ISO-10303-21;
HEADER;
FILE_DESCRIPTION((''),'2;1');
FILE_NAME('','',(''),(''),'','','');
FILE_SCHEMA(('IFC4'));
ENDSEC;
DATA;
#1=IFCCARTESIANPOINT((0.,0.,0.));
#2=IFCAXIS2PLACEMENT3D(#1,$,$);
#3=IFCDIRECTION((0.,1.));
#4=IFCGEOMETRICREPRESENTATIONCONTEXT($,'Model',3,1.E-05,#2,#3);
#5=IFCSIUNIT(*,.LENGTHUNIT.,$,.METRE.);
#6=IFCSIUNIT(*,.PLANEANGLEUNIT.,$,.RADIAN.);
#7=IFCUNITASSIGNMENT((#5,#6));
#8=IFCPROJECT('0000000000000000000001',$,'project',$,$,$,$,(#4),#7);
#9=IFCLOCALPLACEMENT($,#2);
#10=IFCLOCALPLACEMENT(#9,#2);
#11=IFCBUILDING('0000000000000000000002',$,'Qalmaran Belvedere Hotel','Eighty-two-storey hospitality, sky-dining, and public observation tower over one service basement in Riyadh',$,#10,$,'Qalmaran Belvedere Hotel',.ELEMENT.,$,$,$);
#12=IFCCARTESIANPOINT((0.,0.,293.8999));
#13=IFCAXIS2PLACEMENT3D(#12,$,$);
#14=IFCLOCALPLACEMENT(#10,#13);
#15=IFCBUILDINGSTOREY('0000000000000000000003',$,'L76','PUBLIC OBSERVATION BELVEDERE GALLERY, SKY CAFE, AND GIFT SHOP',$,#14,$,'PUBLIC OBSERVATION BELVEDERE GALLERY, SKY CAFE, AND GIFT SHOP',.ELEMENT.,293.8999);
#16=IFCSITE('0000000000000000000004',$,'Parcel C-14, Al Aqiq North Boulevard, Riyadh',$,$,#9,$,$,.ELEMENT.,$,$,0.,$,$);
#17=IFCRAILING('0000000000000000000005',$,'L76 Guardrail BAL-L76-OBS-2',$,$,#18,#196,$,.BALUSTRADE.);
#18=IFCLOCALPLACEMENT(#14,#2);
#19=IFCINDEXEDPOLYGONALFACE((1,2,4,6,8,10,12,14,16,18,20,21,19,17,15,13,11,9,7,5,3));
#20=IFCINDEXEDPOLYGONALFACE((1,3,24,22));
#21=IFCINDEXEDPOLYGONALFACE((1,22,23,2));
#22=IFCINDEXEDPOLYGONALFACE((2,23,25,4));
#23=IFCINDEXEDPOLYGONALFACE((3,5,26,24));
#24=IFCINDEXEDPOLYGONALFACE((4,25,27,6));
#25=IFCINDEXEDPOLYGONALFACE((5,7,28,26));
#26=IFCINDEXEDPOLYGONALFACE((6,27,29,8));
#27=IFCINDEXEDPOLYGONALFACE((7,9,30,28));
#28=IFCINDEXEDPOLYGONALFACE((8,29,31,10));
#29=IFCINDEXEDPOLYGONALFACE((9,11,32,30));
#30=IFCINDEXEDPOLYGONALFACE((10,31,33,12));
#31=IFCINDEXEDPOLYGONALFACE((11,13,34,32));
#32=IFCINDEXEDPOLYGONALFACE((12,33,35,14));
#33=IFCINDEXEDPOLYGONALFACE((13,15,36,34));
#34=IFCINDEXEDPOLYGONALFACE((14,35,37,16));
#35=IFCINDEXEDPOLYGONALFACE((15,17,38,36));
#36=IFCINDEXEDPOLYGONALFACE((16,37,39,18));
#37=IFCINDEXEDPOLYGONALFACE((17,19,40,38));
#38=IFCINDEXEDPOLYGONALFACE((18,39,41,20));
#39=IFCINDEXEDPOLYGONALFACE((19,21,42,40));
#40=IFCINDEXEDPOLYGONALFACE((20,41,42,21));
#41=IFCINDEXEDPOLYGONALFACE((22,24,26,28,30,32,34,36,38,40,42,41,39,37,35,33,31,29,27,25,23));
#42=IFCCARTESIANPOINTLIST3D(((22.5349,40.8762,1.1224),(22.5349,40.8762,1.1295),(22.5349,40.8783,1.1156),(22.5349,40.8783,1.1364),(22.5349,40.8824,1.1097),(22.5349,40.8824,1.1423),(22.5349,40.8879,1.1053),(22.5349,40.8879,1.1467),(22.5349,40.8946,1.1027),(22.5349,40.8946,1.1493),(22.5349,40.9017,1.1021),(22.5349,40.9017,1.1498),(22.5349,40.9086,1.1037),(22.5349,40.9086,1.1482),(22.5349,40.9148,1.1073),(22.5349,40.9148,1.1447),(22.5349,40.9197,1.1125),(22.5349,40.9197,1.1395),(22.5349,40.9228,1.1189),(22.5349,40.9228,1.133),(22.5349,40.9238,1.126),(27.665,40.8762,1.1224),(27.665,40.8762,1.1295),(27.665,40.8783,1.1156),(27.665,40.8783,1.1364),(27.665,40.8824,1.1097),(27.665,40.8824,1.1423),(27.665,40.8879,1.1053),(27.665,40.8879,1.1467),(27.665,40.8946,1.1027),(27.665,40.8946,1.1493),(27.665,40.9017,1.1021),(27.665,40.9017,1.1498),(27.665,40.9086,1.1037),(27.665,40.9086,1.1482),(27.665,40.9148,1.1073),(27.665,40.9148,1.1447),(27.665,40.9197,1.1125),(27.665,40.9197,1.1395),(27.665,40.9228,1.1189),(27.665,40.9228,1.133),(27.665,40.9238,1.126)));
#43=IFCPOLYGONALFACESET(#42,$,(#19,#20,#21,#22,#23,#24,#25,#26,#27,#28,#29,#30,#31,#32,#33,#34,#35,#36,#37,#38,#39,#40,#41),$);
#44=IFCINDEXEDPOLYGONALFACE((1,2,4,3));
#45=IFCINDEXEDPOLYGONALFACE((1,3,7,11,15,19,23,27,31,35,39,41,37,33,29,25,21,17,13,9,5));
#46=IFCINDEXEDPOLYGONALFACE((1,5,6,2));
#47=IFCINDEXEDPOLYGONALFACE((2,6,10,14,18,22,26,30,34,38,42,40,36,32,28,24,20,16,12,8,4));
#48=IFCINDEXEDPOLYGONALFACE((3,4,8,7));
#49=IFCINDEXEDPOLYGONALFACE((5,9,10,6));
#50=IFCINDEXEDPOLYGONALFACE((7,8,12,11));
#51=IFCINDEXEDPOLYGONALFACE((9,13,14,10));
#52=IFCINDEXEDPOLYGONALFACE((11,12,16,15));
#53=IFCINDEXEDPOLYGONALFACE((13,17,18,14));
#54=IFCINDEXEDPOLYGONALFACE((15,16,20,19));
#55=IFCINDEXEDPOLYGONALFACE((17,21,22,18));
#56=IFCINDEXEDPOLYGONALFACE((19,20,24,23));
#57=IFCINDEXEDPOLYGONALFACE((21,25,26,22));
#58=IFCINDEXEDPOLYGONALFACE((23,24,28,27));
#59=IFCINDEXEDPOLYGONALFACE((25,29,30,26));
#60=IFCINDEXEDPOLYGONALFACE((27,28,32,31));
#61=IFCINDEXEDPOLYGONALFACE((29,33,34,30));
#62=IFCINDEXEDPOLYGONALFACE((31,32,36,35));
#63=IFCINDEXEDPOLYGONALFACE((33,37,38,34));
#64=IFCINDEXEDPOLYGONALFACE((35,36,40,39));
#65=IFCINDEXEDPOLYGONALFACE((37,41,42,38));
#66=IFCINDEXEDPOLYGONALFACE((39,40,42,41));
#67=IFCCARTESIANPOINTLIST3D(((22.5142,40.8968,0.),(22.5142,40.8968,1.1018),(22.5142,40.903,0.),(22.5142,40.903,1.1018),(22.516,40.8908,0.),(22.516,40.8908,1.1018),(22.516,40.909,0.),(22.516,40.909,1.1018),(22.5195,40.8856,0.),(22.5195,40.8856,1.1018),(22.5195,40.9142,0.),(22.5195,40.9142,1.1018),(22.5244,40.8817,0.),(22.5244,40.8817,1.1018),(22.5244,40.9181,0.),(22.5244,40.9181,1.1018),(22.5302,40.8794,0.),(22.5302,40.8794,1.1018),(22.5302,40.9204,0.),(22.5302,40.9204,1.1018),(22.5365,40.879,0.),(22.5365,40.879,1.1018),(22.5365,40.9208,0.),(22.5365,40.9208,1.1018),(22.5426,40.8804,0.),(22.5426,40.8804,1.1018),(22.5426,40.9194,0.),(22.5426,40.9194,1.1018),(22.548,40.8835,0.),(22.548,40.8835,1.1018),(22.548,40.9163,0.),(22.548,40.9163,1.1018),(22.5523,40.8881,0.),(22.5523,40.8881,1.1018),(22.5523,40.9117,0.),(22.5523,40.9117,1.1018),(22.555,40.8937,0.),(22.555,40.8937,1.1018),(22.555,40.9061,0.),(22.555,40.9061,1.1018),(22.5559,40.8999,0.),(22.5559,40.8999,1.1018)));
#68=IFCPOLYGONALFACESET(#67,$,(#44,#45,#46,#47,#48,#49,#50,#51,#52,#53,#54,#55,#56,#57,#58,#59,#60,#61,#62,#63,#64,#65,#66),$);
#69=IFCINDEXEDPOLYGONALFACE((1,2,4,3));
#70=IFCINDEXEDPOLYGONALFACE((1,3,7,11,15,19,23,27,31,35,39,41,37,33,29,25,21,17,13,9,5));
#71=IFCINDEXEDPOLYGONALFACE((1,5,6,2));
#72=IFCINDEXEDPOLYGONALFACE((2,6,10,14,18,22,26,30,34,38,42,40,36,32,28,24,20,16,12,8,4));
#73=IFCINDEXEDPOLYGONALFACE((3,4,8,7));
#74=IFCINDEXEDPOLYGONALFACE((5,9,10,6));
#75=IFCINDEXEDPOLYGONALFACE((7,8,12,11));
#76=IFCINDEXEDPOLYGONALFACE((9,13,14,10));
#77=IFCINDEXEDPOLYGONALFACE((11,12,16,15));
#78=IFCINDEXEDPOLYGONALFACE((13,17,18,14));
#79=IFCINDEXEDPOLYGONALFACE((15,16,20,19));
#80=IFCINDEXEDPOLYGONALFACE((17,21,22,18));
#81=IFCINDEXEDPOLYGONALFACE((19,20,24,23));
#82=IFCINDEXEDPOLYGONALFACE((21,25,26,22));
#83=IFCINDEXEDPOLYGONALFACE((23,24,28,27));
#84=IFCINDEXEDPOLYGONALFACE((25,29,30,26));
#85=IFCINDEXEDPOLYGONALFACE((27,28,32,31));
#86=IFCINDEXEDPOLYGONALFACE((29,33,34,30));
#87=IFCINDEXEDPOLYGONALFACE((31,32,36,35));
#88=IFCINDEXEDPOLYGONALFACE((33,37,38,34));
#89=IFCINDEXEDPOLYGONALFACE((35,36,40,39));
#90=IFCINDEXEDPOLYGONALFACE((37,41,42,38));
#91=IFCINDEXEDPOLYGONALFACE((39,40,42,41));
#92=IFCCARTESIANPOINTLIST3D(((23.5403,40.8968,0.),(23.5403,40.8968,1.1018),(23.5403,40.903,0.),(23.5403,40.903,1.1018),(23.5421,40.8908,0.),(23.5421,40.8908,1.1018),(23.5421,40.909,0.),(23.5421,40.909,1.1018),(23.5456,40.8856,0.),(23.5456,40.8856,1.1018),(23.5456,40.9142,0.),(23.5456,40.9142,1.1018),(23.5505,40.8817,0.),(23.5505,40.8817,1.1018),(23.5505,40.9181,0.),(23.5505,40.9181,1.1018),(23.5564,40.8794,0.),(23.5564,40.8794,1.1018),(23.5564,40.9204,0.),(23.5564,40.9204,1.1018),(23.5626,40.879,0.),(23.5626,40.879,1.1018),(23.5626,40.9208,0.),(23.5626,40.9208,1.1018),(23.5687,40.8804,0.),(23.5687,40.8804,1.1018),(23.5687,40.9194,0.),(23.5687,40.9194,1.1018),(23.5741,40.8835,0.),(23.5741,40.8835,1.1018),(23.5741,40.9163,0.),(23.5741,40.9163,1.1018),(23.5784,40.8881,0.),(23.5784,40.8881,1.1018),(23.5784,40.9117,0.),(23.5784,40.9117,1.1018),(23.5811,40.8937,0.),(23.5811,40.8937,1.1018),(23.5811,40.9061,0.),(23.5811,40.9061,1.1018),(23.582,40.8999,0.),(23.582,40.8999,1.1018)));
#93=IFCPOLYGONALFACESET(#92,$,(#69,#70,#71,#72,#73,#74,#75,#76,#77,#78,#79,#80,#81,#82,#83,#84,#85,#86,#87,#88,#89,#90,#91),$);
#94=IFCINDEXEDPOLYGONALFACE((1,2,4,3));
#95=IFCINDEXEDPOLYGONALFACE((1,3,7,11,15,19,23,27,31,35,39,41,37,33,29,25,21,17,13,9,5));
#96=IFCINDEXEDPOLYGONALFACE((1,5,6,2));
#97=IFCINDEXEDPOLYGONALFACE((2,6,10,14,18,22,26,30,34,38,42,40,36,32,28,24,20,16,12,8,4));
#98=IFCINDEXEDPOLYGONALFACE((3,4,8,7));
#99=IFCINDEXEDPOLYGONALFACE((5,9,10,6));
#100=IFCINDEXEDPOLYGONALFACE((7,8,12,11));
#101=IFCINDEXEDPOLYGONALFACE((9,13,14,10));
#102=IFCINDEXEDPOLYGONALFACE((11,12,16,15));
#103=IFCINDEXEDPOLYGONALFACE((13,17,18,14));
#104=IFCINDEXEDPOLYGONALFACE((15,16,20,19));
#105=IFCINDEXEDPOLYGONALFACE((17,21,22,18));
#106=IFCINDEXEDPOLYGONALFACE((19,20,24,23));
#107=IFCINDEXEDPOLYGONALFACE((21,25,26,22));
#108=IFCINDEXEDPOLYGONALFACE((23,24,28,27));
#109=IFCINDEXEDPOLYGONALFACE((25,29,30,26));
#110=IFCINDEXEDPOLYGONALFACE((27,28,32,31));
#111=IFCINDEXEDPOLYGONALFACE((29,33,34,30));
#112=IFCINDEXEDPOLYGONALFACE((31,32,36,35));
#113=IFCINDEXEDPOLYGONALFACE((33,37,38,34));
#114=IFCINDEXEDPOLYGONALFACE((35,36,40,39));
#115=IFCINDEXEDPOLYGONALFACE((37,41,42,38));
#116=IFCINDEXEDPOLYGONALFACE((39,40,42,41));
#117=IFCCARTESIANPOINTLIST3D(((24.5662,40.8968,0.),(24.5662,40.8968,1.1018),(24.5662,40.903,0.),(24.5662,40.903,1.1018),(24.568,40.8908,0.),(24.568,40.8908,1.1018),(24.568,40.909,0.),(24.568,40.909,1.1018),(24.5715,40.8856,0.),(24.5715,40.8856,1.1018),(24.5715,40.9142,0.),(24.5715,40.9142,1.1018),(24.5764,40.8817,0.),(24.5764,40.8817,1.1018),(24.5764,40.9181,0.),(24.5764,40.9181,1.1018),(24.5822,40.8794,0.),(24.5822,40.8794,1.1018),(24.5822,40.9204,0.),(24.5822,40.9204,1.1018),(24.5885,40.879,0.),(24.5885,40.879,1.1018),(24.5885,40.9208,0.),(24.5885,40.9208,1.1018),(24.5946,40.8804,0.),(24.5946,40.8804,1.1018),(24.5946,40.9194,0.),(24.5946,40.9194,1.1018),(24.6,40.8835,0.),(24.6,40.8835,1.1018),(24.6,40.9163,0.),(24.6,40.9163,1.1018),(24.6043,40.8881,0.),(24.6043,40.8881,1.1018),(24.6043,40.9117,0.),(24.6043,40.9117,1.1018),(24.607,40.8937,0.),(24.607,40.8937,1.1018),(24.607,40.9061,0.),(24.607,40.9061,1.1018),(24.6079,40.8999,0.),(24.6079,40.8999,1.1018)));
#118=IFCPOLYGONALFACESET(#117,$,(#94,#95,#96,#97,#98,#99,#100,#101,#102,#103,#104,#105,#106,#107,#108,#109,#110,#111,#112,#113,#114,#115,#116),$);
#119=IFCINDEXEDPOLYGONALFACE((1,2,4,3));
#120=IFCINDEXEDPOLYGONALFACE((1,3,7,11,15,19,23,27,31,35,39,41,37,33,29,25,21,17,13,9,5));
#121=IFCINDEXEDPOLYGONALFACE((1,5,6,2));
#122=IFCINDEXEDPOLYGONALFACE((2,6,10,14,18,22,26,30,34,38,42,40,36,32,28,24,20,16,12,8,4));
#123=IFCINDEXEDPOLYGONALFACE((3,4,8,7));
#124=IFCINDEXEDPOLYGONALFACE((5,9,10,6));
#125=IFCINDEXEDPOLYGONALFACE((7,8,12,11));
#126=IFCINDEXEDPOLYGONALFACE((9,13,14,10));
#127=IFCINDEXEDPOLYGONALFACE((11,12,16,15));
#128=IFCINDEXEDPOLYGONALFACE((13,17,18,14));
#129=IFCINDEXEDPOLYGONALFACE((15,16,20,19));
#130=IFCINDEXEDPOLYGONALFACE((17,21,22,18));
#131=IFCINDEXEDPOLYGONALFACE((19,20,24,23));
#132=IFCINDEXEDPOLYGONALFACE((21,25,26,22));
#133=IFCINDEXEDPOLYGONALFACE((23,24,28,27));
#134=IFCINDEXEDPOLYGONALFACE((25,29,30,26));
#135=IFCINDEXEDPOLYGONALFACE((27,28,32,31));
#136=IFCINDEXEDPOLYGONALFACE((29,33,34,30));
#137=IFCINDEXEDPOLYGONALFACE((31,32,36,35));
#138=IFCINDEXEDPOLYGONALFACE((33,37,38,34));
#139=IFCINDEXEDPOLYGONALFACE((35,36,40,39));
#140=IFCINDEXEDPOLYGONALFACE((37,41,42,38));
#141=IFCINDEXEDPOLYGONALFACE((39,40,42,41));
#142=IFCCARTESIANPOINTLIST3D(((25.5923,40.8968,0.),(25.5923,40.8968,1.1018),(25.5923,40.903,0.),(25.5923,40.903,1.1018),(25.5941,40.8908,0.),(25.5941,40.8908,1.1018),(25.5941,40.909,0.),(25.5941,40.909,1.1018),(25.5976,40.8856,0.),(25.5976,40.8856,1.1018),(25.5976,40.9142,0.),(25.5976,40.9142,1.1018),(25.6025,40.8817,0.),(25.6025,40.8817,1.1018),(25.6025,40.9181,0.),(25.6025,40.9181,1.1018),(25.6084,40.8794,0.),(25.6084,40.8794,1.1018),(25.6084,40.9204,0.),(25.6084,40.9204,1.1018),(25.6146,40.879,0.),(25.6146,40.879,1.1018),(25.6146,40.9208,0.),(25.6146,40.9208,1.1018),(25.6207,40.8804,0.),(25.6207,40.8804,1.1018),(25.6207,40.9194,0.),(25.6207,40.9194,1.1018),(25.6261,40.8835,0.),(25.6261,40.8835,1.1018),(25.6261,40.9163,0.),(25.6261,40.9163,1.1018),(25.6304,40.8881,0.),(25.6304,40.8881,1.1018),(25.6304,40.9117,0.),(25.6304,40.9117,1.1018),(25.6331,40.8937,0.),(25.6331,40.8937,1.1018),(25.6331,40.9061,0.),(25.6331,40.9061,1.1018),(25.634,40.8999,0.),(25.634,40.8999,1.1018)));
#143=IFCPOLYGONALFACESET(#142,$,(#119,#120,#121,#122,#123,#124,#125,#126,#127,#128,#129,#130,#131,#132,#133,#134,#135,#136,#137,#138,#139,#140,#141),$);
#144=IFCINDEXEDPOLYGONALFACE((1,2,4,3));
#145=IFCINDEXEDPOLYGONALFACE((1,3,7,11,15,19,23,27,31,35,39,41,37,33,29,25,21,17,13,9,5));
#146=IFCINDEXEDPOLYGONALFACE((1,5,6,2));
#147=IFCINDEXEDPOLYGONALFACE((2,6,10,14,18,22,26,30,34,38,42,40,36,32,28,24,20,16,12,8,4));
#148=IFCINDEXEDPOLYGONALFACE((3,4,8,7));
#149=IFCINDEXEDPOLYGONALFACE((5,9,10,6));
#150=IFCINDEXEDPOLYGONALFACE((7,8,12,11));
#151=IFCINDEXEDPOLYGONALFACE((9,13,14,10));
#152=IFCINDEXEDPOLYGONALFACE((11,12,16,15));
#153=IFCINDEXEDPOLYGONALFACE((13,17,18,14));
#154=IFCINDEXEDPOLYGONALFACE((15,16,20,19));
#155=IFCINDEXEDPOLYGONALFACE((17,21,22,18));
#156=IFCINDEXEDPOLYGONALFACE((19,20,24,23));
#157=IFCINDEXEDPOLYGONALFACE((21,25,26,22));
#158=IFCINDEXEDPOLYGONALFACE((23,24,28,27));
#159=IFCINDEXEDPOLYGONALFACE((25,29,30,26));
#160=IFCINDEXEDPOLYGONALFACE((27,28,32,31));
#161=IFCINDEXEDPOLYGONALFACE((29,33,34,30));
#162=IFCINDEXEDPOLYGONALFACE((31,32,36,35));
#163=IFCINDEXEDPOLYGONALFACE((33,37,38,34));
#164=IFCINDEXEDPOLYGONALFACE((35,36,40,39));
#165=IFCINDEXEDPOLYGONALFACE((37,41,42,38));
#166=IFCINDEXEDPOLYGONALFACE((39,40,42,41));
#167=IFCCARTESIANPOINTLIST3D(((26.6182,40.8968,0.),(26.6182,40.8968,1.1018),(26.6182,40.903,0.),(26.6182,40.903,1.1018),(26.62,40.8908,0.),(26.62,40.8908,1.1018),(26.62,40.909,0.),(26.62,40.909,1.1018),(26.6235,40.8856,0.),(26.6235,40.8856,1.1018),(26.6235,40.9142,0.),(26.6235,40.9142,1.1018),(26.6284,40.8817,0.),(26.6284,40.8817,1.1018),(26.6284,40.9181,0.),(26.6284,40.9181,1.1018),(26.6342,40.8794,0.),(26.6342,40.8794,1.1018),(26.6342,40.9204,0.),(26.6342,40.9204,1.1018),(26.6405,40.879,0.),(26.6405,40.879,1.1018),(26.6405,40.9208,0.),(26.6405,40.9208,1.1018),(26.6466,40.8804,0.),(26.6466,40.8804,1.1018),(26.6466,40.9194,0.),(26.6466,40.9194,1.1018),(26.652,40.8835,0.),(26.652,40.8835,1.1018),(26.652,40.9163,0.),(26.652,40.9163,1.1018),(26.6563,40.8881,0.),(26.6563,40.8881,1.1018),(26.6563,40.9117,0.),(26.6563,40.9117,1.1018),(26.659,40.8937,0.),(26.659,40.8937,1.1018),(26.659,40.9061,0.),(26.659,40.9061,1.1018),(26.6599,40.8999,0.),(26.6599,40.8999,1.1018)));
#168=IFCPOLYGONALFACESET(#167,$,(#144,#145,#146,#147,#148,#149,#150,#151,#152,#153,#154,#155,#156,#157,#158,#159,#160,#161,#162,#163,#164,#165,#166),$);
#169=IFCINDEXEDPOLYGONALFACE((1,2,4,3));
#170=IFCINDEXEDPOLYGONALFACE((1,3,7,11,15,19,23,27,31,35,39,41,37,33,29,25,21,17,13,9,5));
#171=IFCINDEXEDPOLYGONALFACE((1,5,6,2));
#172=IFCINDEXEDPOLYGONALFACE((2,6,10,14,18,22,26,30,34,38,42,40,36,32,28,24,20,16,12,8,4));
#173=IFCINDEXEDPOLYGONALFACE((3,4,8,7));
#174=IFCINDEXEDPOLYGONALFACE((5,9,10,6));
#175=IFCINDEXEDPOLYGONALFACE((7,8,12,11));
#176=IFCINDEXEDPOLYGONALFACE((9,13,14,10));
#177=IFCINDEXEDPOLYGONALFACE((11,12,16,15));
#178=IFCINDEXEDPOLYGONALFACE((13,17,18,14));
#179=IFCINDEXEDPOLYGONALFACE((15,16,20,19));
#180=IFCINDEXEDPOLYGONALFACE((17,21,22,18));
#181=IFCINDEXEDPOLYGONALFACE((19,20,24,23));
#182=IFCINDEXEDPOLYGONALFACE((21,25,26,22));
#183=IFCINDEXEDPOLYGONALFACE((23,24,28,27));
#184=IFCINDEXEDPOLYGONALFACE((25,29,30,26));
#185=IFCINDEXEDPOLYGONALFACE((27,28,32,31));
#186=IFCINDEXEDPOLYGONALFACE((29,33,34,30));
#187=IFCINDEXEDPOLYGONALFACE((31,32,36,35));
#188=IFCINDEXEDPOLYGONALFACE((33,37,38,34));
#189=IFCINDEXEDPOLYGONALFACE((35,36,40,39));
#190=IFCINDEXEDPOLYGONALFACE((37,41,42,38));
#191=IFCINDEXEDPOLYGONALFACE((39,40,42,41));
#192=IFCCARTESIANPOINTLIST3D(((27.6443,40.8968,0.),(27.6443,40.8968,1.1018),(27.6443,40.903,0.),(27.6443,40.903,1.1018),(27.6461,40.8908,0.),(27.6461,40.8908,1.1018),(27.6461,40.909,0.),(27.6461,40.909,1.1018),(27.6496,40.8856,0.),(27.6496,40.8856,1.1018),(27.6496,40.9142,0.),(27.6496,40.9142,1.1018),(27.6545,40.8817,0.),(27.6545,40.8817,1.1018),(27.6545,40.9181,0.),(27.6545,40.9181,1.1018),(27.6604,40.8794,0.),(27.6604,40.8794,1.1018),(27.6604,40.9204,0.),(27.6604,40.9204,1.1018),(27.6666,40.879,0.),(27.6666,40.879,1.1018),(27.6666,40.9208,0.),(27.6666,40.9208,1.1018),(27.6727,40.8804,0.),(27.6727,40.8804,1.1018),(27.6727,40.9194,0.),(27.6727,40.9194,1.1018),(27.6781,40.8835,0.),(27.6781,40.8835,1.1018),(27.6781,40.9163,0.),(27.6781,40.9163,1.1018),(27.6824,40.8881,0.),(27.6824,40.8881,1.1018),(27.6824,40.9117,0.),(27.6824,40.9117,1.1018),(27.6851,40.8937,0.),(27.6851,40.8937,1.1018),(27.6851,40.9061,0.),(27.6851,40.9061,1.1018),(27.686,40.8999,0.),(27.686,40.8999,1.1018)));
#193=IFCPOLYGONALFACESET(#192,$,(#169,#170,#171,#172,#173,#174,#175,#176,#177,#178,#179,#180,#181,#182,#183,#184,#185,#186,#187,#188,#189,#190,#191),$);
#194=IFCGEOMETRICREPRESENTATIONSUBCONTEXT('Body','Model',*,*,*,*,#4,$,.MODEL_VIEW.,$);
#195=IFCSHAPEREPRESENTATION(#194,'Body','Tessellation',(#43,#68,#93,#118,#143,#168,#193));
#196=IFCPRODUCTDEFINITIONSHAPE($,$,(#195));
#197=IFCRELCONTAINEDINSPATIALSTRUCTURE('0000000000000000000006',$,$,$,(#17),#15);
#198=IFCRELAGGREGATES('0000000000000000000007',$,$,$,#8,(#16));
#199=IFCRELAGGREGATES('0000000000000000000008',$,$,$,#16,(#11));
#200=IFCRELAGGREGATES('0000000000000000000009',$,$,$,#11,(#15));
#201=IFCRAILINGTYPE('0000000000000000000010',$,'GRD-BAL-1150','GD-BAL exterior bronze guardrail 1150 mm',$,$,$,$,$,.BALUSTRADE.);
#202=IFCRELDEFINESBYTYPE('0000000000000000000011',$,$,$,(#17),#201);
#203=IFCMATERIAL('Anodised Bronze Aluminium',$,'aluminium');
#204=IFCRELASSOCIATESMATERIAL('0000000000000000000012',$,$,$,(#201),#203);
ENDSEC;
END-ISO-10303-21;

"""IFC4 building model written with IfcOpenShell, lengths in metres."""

from ifc_helpers import new_model, si_unit, direction, frame, origin, origin_2d, place, context, subcontext, project, spatial, circle, extrude, material, type_object, element, save


model = new_model("IFC4")

# Units and contexts
model_context = context("Model", 3, precision=1e-05, world=origin(), true_north=direction((0.0, 1.0)))
body_context = subcontext(model_context, "Body", "Model", "MODEL_VIEW")
ifc_project = project(units=[si_unit("LENGTHUNIT", "METRE"), si_unit("PLANEANGLEUNIT", "RADIAN")], contexts=[model_context])

# Site, building, storey
site_placement = place(None, origin())
site = spatial("IfcSite", under=ifc_project, at=site_placement, Name="Parcel C-14, Al Aqiq North Boulevard, Riyadh", CompositionType="ELEMENT", RefElevation=0.0)
building_placement = place(site_placement, origin())
building = spatial("IfcBuilding", under=site, at=building_placement, Name="Qalmaran Belvedere Hotel", Description="Eighty-two-storey hospitality, sky-dining, and public observation tower over one service basement in Riyadh", LongName="Qalmaran Belvedere Hotel", CompositionType="ELEMENT")
storey_placement = place(building_placement, frame((0.0, 0.0, 293.8999)))
storey = spatial("IfcBuildingStorey", under=building, at=storey_placement, Name="L76", Description="PUBLIC OBSERVATION BELVEDERE GALLERY, SKY CAFE, AND GIFT SHOP", LongName="PUBLIC OBSERVATION BELVEDERE GALLERY, SKY CAFE, AND GIFT SHOP", CompositionType="ELEMENT", Elevation=293.8999)

# Shared definitions
ifc_material_1 = material(Name="Anodised Bronze Aluminium", Category="aluminium")

# Railing
railing_type = type_object("IfcRailingType", Name="GRD-BAL-1150", Description="GD-BAL exterior bronze guardrail 1150 mm", PredefinedType="BALUSTRADE", material=ifc_material_1)
railing_1_placement = place(storey_placement, frame((22.5349, 40.8999, 0.0)))
element("IfcRailing", 1, at=railing_1_placement, inside=storey, type_object=railing_type, Name="L76 Guardrail BAL-L76-OBS-2", PredefinedType="BALUSTRADE", context=body_context, shape_type="SweptSolid", body=[
    extrude(circle(Radius=0.0239, at=origin_2d()), frame((0.0, 0.0, 1.126), z_axis=(1.0, 0.0, 0.0), x_axis=(0.0, 1.0, 0.0)), (0.0, 0.0, 1.0), 5.1301),
    extrude(circle(Radius=0.021, at=origin_2d()), origin(), (0.0, 0.0, 1.0), 1.1018),
    extrude(circle(Radius=0.021, at=origin_2d()), frame((1.0261, 0.0, 0.0)), (0.0, 0.0, 1.0), 1.1018),
    extrude(circle(Radius=0.021, at=origin_2d()), frame((2.052, 0.0, 0.0)), (0.0, 0.0, 1.0), 1.1018),
    extrude(circle(Radius=0.021, at=origin_2d()), frame((3.0781, 0.0, 0.0)), (0.0, 0.0, 1.0), 1.1018),
    extrude(circle(Radius=0.021, at=origin_2d()), frame((4.104, 0.0, 0.0)), (0.0, 0.0, 1.0), 1.1018),
    extrude(circle(Radius=0.021, at=origin_2d()), frame((5.1301, 0.0, 0.0)), (0.0, 0.0, 1.0), 1.1018),
])

save(model, "model.ifc")
